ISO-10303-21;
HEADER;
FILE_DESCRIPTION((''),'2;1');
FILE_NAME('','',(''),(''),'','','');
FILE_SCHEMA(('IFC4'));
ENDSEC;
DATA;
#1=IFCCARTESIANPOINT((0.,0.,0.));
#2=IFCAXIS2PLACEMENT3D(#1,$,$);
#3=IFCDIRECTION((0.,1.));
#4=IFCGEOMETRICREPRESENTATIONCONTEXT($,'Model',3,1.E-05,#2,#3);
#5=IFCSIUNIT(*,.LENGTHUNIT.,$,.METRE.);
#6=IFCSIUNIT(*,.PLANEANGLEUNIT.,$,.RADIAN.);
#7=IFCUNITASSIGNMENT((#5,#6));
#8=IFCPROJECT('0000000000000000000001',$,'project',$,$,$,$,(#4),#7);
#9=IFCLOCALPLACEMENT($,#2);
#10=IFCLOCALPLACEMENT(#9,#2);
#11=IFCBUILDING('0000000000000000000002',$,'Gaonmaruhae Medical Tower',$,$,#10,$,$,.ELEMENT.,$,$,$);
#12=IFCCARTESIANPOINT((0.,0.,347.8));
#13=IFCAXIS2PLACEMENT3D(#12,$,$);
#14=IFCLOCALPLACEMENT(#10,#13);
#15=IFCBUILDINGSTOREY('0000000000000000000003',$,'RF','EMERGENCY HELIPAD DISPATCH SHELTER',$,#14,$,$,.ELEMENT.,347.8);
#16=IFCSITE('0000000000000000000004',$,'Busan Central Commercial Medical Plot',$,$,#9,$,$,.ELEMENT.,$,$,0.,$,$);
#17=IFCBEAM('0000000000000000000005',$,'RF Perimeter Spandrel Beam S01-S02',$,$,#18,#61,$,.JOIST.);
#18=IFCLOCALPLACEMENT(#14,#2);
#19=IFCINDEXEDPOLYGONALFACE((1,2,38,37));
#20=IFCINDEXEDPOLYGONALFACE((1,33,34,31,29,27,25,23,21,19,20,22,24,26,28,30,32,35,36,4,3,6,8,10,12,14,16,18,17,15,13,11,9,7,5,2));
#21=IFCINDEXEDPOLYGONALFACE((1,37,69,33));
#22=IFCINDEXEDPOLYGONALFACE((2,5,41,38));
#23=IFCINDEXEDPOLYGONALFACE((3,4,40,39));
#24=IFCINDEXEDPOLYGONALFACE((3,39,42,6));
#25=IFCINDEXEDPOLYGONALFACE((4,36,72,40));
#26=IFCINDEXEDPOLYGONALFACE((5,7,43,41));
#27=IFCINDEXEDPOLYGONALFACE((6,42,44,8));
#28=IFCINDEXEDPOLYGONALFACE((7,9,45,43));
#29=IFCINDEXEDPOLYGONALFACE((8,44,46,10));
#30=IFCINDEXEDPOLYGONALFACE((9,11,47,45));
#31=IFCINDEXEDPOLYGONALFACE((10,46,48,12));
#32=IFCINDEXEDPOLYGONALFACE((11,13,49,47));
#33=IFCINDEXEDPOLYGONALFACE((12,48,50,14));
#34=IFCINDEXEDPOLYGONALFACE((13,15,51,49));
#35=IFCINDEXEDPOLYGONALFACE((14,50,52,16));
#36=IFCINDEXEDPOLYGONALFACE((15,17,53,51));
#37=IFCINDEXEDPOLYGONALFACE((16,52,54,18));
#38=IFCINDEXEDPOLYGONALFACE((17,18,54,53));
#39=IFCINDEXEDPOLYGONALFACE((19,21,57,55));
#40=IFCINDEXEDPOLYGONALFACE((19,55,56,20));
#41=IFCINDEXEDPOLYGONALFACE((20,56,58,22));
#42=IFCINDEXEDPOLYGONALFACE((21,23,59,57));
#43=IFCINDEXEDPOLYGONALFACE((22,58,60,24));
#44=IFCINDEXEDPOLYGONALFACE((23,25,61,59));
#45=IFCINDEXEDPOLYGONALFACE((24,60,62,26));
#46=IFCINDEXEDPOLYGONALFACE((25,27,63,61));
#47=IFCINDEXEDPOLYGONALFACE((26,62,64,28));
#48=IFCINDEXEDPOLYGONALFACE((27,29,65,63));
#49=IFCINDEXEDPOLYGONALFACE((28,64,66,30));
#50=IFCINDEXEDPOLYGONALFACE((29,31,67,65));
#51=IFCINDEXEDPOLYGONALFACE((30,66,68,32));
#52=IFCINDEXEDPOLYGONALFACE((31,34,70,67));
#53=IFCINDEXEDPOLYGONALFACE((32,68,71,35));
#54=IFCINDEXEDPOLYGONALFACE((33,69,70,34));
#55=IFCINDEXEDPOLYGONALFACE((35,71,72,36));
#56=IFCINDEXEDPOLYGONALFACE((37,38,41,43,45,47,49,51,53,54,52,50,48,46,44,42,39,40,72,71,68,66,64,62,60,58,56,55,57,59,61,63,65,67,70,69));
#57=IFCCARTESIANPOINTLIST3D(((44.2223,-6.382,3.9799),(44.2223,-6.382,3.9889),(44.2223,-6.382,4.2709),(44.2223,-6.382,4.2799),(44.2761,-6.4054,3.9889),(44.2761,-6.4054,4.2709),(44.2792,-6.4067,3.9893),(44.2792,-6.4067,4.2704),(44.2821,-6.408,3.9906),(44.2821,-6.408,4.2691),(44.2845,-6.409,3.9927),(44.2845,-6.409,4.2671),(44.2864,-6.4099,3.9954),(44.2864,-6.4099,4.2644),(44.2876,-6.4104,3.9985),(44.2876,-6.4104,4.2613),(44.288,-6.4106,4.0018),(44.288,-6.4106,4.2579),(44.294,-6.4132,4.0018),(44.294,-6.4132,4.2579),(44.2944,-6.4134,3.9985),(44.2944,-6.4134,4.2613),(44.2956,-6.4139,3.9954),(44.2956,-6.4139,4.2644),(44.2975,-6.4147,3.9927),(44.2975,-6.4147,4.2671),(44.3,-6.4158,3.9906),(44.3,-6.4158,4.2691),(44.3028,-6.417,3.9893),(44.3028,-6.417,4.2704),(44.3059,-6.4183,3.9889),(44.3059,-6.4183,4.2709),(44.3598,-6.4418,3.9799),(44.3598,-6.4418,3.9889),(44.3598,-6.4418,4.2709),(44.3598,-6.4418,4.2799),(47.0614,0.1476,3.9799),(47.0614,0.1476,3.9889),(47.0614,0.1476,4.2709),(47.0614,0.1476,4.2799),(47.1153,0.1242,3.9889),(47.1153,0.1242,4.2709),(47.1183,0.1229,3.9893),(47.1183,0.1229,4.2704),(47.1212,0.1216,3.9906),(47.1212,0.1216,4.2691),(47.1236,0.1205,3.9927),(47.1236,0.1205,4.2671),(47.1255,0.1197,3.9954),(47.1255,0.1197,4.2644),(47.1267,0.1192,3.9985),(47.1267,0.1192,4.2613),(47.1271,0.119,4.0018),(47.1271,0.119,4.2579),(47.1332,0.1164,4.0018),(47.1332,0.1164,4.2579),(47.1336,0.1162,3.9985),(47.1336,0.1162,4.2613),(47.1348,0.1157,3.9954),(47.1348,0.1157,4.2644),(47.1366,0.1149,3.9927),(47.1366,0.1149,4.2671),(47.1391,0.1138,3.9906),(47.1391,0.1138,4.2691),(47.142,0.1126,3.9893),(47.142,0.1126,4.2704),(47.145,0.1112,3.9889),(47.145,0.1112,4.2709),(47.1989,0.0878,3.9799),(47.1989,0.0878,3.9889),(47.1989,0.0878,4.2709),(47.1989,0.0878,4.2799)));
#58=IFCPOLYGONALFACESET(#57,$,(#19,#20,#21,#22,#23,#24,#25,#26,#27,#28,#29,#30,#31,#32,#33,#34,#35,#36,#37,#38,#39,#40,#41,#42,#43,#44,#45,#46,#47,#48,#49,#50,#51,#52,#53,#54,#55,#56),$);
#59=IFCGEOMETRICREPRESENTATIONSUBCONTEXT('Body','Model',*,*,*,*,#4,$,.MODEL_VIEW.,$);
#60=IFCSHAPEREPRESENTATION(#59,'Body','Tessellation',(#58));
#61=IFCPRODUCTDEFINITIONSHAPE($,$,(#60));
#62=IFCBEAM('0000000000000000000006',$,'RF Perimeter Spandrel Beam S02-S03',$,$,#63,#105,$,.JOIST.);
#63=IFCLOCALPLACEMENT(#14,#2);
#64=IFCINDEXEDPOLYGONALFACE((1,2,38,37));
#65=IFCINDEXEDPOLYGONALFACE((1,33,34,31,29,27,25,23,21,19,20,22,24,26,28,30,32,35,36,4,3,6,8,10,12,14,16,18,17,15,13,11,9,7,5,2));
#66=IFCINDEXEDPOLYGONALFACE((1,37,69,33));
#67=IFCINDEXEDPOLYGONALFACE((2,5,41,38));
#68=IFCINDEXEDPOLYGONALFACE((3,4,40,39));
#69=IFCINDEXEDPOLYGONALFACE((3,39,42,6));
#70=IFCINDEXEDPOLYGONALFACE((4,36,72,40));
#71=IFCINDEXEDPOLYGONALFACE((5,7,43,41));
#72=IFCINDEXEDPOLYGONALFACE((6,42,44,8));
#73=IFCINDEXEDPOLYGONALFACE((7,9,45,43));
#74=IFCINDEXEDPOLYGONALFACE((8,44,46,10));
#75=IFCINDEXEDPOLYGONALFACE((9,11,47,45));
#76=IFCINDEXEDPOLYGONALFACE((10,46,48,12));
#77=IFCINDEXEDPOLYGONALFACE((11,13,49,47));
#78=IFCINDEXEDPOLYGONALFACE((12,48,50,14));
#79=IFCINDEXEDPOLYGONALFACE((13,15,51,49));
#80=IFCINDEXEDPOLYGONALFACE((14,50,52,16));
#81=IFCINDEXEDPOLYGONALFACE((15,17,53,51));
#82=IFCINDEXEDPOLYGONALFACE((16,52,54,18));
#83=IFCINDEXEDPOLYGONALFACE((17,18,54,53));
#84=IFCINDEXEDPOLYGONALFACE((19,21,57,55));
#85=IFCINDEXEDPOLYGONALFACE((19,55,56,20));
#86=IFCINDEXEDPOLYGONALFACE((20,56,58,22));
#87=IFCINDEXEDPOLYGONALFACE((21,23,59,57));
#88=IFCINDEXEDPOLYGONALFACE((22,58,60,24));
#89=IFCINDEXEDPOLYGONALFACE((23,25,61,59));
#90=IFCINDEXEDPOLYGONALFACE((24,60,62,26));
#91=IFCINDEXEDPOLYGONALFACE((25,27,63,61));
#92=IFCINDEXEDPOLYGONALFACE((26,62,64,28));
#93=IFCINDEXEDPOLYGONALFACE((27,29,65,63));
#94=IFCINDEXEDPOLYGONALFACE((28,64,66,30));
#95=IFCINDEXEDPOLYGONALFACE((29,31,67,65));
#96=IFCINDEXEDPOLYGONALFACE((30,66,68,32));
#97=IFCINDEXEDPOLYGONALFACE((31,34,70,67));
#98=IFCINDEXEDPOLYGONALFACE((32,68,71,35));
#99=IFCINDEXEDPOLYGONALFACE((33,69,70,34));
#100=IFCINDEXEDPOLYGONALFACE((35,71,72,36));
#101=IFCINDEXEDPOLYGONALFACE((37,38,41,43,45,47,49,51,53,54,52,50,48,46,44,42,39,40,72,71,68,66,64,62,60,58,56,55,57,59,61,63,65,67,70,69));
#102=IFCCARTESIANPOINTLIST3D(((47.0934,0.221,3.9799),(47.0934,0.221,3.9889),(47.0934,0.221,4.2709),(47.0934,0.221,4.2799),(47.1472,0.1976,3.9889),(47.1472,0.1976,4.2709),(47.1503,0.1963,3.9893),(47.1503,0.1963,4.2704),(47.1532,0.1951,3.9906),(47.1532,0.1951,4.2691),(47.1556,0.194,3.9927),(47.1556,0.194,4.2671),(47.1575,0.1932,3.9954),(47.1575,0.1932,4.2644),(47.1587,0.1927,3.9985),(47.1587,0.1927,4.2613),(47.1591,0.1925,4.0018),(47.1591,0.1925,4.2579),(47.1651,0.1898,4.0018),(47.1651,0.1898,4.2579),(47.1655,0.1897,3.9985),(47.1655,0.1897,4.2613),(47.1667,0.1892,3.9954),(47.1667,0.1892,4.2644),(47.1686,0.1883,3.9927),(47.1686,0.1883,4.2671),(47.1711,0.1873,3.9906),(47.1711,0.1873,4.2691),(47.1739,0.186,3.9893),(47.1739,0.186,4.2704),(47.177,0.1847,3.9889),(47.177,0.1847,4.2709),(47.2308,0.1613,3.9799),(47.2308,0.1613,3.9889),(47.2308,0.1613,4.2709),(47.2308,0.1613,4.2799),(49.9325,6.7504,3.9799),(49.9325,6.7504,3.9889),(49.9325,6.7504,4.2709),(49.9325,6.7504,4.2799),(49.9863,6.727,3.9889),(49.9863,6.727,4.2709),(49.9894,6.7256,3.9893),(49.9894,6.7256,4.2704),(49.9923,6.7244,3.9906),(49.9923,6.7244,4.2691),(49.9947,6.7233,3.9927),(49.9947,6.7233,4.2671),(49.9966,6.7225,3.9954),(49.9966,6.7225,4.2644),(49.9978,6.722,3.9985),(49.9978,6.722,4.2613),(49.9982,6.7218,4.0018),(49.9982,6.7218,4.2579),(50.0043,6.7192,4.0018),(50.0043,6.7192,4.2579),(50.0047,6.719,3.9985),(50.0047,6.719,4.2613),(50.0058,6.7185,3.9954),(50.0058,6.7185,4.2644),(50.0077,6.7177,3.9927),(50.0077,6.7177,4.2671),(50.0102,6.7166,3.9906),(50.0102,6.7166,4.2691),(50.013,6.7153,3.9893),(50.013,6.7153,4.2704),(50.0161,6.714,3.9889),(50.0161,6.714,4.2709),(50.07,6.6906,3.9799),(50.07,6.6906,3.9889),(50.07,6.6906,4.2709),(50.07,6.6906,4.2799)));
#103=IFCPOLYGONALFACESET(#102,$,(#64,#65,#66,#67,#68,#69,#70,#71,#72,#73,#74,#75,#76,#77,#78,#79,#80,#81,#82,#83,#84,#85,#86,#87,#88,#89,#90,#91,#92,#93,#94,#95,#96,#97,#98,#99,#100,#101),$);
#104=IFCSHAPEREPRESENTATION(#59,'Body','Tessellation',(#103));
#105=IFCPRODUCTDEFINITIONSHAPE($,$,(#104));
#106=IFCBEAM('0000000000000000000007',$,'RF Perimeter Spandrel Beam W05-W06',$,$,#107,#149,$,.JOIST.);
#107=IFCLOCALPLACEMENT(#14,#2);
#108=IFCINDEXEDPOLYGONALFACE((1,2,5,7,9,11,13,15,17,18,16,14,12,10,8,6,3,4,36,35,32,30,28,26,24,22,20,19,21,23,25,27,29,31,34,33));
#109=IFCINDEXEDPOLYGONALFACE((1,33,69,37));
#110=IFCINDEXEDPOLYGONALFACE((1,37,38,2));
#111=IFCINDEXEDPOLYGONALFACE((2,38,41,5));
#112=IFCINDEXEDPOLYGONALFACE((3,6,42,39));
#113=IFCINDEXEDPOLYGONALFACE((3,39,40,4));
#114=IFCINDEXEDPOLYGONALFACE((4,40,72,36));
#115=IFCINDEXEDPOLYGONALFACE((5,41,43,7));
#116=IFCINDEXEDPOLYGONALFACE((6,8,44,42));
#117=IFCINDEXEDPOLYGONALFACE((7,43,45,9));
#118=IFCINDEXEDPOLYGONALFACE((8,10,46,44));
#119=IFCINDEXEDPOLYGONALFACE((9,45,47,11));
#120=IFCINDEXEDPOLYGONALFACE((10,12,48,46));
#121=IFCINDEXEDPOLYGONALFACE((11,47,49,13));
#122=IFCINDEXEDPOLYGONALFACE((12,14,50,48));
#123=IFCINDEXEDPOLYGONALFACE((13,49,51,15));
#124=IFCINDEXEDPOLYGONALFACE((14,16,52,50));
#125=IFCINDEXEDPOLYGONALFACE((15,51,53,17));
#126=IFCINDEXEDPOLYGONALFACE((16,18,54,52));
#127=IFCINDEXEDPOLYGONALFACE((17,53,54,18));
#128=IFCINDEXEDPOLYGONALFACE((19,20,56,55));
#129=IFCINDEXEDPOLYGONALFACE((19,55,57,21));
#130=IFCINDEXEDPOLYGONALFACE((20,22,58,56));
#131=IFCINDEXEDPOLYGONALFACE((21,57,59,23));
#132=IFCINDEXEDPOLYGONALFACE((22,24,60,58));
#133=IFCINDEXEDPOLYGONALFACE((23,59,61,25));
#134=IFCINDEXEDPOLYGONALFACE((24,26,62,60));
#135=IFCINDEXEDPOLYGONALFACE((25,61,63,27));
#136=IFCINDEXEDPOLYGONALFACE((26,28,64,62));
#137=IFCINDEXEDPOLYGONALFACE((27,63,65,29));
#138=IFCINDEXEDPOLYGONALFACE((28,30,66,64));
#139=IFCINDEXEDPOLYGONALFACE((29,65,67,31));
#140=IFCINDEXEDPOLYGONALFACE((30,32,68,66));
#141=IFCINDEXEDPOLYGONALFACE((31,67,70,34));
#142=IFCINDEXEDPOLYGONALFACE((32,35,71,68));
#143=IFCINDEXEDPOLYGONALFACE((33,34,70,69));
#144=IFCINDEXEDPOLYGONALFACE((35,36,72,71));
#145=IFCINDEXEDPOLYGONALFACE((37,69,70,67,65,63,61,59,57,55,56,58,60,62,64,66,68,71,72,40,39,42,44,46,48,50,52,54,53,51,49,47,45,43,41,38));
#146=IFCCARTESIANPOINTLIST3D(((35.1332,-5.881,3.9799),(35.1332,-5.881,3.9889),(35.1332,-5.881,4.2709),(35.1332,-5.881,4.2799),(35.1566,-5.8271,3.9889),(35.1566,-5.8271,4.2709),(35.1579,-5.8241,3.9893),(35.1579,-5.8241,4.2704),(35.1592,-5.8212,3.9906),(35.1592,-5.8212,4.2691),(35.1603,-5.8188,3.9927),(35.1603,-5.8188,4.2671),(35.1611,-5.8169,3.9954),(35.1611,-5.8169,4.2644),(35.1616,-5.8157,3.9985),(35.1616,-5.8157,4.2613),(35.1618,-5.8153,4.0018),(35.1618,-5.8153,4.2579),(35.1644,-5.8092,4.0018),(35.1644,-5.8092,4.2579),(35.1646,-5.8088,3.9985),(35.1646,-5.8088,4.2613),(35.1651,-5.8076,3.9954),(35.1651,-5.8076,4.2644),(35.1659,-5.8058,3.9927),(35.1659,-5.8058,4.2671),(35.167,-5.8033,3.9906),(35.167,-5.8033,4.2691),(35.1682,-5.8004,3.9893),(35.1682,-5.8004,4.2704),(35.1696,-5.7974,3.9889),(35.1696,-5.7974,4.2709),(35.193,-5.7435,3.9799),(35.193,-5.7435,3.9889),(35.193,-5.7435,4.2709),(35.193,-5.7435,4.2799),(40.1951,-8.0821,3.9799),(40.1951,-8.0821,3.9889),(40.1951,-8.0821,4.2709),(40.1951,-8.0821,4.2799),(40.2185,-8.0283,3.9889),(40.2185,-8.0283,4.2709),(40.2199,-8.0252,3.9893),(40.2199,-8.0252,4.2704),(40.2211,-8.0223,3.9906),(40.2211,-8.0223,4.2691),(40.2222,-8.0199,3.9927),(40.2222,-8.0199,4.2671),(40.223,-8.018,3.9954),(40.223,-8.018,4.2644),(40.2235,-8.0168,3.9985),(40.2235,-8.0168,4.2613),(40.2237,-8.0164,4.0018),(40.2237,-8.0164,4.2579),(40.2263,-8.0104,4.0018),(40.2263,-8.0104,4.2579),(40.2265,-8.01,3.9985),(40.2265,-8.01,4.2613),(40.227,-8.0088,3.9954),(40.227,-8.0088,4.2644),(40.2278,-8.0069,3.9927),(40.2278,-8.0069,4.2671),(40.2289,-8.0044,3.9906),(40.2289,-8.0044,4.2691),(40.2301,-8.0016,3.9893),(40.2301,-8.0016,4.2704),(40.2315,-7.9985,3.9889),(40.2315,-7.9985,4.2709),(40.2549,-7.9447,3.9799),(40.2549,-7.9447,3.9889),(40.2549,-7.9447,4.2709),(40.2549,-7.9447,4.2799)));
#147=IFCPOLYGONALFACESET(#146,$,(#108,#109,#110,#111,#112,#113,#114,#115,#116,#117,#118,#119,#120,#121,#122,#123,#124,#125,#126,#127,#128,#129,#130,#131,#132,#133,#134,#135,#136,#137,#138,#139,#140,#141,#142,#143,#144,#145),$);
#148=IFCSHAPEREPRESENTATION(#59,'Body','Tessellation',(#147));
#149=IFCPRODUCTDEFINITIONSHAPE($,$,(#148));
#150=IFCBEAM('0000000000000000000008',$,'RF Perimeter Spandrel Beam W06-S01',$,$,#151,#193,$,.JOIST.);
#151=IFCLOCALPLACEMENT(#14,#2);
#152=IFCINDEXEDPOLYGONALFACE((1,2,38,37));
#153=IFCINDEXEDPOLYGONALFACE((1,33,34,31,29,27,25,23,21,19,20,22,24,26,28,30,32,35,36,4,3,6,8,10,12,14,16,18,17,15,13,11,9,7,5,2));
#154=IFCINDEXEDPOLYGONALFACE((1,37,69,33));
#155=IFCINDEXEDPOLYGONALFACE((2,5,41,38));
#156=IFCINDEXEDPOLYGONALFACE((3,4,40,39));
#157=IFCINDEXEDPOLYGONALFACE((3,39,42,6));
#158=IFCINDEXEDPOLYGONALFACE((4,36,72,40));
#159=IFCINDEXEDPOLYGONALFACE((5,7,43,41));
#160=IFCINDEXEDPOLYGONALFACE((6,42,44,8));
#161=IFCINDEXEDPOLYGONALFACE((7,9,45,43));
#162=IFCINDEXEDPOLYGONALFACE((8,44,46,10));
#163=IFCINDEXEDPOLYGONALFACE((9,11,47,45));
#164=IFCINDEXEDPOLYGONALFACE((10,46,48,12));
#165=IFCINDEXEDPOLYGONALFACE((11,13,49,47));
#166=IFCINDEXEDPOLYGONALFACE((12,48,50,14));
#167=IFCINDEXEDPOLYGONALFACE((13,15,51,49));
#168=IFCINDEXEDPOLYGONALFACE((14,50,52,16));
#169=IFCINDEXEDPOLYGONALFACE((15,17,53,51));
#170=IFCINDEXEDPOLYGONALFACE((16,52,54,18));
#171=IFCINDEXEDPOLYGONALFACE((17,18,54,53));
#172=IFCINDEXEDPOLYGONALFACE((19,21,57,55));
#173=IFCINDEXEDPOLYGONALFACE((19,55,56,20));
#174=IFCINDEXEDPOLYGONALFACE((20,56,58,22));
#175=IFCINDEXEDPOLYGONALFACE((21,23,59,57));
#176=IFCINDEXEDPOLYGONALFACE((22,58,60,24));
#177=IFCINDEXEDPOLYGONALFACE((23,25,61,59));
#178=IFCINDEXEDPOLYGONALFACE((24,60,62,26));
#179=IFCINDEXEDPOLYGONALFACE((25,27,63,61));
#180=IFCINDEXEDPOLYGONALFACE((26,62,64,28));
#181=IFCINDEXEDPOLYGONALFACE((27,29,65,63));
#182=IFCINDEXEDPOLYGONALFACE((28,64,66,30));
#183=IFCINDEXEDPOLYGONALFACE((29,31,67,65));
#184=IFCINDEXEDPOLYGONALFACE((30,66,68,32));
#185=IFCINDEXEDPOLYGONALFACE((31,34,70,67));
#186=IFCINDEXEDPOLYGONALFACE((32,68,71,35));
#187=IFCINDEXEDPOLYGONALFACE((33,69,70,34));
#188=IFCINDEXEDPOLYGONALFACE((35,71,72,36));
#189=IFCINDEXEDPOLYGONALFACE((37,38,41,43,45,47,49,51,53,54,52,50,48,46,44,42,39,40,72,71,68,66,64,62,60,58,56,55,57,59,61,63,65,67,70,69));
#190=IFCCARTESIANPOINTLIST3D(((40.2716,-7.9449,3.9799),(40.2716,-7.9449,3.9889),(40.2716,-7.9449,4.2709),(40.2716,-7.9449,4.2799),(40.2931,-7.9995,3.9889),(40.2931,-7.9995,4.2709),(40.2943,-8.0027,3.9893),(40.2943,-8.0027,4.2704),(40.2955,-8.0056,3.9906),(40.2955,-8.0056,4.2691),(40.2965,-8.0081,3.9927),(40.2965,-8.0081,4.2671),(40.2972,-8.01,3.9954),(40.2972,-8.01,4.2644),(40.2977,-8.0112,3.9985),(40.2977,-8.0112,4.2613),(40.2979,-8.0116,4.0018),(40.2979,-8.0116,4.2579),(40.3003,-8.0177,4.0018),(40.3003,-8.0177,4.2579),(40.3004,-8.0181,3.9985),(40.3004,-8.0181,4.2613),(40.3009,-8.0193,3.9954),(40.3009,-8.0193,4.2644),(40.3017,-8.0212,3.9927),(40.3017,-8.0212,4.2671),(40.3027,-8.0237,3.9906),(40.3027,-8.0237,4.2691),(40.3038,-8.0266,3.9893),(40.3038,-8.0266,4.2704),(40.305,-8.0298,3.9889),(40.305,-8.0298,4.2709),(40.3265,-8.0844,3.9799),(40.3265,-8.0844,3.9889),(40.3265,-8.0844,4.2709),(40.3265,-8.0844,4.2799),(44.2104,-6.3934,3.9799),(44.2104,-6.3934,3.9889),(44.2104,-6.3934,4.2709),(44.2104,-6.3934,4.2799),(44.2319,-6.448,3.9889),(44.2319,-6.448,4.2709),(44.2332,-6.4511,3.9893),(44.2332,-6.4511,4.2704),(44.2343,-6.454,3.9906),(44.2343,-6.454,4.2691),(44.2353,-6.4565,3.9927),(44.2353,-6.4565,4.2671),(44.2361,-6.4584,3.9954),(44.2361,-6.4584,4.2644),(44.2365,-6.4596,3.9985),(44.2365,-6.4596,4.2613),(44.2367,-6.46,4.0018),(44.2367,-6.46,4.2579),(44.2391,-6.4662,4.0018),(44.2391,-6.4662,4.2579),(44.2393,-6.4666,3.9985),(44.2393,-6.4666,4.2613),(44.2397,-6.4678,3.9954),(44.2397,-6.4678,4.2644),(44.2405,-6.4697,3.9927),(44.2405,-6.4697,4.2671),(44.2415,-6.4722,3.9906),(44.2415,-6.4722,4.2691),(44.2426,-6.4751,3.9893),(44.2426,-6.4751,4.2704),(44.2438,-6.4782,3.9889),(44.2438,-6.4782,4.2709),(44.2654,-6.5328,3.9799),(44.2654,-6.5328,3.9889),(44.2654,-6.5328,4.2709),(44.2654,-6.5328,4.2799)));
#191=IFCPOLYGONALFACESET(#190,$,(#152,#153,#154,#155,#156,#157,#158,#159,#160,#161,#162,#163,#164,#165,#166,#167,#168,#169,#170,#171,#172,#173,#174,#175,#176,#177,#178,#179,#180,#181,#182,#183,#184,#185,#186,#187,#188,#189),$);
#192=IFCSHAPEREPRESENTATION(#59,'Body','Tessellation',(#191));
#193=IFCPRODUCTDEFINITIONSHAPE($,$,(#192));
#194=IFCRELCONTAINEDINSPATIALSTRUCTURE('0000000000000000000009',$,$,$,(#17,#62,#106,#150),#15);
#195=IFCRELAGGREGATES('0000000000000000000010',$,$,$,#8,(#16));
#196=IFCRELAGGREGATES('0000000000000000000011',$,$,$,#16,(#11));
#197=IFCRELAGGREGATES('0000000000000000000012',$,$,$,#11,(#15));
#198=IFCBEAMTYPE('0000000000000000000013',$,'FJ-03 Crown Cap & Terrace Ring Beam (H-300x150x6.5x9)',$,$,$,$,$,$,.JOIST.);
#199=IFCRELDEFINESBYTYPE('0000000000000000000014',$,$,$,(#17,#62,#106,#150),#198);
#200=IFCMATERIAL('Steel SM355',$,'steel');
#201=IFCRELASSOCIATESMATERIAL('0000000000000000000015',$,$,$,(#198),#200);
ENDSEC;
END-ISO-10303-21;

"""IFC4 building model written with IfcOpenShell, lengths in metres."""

from ifc_helpers import new_model, si_unit, direction, frame, origin, origin_2d, place, context, subcontext, project, spatial, i_section, extrude, material, material_profile, profile_set, type_object, element, save


model = new_model("IFC4")

# Units and contexts
model_context = context("Model", 3, precision=1e-05, world=origin(), true_north=direction((0.0, 1.0)))
body_context = subcontext(model_context, "Body", "Model", "MODEL_VIEW")
ifc_project = project(units=[si_unit("LENGTHUNIT", "METRE"), si_unit("PLANEANGLEUNIT", "RADIAN")], contexts=[model_context])

# Site, building, storey
site_placement = place(None, origin())
site = spatial("IfcSite", under=ifc_project, at=site_placement, Name="Busan Central Commercial Medical Plot", CompositionType="ELEMENT", RefElevation=0.0)
building_placement = place(site_placement, origin())
building = spatial("IfcBuilding", under=site, at=building_placement, Name="Gaonmaruhae Medical Tower", CompositionType="ELEMENT")
storey_placement = place(building_placement, frame((0.0, 0.0, 347.8)))
storey = spatial("IfcBuildingStorey", under=building, at=storey_placement, Name="RF", Description="EMERGENCY HELIPAD DISPATCH SHELTER", CompositionType="ELEMENT", Elevation=347.8)

# Beams
ifc_material_1 = material(Name="Steel SM355", Category="steel")
ifc_material_profile_1 = material_profile(ifc_material_1, i_section(OverallWidth=0.1499, OverallDepth=0.3, WebThickness=0.0066, FlangeThickness=0.009, FilletRadius=0.0129, at=origin_2d()), Name="H-300x150x6.5x9")
ifc_profile_set_1 = profile_set([ifc_material_profile_1], Name="Steel SM355")
beam_type = type_object("IfcBeamType", Name="FJ-03 Crown Cap & Terrace Ring Beam (H-300x150x6.5x9)", PredefinedType="JOIST", material=ifc_profile_set_1)
beam_1_placement = place(storey_placement, frame((44.291, -6.4119, 4.1299), z_axis=(0.398747, 0.917061, 0.0), x_axis=(-0.917061, 0.398747, 0.0)))
element("IfcBeam", 1, at=beam_1_placement, inside=storey, type_object=beam_type, Name="RF Perimeter Spandrel Beam S01-S02", PredefinedType="JOIST", context=body_context, shape_type="SweptSolid", body=[
    extrude(i_section(OverallWidth=0.1499, OverallDepth=0.3, WebThickness=0.0066, FlangeThickness=0.009, FilletRadius=0.0129, at=origin_2d()), origin(), (0.0, 0.0, 1.0), 7.1201),
])
beam_2_placement = place(storey_placement, frame((47.1621, 0.1912, 4.1299), z_axis=(0.39876, 0.917055, 0.0), x_axis=(-0.917055, 0.39876, 0.0)))
element("IfcBeam", 2, at=beam_2_placement, inside=storey, type_object=beam_type, Name="RF Perimeter Spandrel Beam S02-S03", PredefinedType="JOIST", context=body_context, shape_type="SweptSolid", body=[
    extrude(i_section(OverallWidth=0.1499, OverallDepth=0.3, WebThickness=0.0066, FlangeThickness=0.009, FilletRadius=0.0129, at=origin_2d()), origin(), (0.0, 0.0, 1.0), 7.1199),
])
beam_3_placement = place(storey_placement, frame((35.1631, -5.8123, 4.1299), z_axis=(0.91705, -0.398771, 0.0), x_axis=(0.398771, 0.91705, 0.0)))
element("IfcBeam", 3, at=beam_3_placement, inside=storey, type_object=beam_type, Name="RF Perimeter Spandrel Beam W05-W06", PredefinedType="JOIST", context=body_context, shape_type="SweptSolid", body=[
    extrude(i_section(OverallWidth=0.1499, OverallDepth=0.3, WebThickness=0.0066, FlangeThickness=0.009, FilletRadius=0.0129, at=origin_2d()), origin(), (0.0, 0.0, 1.0), 5.5198),
])
beam_4_placement = place(storey_placement, frame((40.2991, -8.0146, 4.1299), z_axis=(0.930417, 0.366503, 0.0), x_axis=(-0.366503, 0.930417, 0.0)))
element("IfcBeam", 4, at=beam_4_placement, inside=storey, type_object=beam_type, Name="RF Perimeter Spandrel Beam W06-S01", PredefinedType="JOIST", context=body_context, shape_type="SweptSolid", body=[
    extrude(i_section(OverallWidth=0.1499, OverallDepth=0.3, WebThickness=0.0066, FlangeThickness=0.009, FilletRadius=0.0129, at=origin_2d()), origin(), (0.0, 0.0, 1.0), 4.2334),
])

save(model, "model.ifc")
